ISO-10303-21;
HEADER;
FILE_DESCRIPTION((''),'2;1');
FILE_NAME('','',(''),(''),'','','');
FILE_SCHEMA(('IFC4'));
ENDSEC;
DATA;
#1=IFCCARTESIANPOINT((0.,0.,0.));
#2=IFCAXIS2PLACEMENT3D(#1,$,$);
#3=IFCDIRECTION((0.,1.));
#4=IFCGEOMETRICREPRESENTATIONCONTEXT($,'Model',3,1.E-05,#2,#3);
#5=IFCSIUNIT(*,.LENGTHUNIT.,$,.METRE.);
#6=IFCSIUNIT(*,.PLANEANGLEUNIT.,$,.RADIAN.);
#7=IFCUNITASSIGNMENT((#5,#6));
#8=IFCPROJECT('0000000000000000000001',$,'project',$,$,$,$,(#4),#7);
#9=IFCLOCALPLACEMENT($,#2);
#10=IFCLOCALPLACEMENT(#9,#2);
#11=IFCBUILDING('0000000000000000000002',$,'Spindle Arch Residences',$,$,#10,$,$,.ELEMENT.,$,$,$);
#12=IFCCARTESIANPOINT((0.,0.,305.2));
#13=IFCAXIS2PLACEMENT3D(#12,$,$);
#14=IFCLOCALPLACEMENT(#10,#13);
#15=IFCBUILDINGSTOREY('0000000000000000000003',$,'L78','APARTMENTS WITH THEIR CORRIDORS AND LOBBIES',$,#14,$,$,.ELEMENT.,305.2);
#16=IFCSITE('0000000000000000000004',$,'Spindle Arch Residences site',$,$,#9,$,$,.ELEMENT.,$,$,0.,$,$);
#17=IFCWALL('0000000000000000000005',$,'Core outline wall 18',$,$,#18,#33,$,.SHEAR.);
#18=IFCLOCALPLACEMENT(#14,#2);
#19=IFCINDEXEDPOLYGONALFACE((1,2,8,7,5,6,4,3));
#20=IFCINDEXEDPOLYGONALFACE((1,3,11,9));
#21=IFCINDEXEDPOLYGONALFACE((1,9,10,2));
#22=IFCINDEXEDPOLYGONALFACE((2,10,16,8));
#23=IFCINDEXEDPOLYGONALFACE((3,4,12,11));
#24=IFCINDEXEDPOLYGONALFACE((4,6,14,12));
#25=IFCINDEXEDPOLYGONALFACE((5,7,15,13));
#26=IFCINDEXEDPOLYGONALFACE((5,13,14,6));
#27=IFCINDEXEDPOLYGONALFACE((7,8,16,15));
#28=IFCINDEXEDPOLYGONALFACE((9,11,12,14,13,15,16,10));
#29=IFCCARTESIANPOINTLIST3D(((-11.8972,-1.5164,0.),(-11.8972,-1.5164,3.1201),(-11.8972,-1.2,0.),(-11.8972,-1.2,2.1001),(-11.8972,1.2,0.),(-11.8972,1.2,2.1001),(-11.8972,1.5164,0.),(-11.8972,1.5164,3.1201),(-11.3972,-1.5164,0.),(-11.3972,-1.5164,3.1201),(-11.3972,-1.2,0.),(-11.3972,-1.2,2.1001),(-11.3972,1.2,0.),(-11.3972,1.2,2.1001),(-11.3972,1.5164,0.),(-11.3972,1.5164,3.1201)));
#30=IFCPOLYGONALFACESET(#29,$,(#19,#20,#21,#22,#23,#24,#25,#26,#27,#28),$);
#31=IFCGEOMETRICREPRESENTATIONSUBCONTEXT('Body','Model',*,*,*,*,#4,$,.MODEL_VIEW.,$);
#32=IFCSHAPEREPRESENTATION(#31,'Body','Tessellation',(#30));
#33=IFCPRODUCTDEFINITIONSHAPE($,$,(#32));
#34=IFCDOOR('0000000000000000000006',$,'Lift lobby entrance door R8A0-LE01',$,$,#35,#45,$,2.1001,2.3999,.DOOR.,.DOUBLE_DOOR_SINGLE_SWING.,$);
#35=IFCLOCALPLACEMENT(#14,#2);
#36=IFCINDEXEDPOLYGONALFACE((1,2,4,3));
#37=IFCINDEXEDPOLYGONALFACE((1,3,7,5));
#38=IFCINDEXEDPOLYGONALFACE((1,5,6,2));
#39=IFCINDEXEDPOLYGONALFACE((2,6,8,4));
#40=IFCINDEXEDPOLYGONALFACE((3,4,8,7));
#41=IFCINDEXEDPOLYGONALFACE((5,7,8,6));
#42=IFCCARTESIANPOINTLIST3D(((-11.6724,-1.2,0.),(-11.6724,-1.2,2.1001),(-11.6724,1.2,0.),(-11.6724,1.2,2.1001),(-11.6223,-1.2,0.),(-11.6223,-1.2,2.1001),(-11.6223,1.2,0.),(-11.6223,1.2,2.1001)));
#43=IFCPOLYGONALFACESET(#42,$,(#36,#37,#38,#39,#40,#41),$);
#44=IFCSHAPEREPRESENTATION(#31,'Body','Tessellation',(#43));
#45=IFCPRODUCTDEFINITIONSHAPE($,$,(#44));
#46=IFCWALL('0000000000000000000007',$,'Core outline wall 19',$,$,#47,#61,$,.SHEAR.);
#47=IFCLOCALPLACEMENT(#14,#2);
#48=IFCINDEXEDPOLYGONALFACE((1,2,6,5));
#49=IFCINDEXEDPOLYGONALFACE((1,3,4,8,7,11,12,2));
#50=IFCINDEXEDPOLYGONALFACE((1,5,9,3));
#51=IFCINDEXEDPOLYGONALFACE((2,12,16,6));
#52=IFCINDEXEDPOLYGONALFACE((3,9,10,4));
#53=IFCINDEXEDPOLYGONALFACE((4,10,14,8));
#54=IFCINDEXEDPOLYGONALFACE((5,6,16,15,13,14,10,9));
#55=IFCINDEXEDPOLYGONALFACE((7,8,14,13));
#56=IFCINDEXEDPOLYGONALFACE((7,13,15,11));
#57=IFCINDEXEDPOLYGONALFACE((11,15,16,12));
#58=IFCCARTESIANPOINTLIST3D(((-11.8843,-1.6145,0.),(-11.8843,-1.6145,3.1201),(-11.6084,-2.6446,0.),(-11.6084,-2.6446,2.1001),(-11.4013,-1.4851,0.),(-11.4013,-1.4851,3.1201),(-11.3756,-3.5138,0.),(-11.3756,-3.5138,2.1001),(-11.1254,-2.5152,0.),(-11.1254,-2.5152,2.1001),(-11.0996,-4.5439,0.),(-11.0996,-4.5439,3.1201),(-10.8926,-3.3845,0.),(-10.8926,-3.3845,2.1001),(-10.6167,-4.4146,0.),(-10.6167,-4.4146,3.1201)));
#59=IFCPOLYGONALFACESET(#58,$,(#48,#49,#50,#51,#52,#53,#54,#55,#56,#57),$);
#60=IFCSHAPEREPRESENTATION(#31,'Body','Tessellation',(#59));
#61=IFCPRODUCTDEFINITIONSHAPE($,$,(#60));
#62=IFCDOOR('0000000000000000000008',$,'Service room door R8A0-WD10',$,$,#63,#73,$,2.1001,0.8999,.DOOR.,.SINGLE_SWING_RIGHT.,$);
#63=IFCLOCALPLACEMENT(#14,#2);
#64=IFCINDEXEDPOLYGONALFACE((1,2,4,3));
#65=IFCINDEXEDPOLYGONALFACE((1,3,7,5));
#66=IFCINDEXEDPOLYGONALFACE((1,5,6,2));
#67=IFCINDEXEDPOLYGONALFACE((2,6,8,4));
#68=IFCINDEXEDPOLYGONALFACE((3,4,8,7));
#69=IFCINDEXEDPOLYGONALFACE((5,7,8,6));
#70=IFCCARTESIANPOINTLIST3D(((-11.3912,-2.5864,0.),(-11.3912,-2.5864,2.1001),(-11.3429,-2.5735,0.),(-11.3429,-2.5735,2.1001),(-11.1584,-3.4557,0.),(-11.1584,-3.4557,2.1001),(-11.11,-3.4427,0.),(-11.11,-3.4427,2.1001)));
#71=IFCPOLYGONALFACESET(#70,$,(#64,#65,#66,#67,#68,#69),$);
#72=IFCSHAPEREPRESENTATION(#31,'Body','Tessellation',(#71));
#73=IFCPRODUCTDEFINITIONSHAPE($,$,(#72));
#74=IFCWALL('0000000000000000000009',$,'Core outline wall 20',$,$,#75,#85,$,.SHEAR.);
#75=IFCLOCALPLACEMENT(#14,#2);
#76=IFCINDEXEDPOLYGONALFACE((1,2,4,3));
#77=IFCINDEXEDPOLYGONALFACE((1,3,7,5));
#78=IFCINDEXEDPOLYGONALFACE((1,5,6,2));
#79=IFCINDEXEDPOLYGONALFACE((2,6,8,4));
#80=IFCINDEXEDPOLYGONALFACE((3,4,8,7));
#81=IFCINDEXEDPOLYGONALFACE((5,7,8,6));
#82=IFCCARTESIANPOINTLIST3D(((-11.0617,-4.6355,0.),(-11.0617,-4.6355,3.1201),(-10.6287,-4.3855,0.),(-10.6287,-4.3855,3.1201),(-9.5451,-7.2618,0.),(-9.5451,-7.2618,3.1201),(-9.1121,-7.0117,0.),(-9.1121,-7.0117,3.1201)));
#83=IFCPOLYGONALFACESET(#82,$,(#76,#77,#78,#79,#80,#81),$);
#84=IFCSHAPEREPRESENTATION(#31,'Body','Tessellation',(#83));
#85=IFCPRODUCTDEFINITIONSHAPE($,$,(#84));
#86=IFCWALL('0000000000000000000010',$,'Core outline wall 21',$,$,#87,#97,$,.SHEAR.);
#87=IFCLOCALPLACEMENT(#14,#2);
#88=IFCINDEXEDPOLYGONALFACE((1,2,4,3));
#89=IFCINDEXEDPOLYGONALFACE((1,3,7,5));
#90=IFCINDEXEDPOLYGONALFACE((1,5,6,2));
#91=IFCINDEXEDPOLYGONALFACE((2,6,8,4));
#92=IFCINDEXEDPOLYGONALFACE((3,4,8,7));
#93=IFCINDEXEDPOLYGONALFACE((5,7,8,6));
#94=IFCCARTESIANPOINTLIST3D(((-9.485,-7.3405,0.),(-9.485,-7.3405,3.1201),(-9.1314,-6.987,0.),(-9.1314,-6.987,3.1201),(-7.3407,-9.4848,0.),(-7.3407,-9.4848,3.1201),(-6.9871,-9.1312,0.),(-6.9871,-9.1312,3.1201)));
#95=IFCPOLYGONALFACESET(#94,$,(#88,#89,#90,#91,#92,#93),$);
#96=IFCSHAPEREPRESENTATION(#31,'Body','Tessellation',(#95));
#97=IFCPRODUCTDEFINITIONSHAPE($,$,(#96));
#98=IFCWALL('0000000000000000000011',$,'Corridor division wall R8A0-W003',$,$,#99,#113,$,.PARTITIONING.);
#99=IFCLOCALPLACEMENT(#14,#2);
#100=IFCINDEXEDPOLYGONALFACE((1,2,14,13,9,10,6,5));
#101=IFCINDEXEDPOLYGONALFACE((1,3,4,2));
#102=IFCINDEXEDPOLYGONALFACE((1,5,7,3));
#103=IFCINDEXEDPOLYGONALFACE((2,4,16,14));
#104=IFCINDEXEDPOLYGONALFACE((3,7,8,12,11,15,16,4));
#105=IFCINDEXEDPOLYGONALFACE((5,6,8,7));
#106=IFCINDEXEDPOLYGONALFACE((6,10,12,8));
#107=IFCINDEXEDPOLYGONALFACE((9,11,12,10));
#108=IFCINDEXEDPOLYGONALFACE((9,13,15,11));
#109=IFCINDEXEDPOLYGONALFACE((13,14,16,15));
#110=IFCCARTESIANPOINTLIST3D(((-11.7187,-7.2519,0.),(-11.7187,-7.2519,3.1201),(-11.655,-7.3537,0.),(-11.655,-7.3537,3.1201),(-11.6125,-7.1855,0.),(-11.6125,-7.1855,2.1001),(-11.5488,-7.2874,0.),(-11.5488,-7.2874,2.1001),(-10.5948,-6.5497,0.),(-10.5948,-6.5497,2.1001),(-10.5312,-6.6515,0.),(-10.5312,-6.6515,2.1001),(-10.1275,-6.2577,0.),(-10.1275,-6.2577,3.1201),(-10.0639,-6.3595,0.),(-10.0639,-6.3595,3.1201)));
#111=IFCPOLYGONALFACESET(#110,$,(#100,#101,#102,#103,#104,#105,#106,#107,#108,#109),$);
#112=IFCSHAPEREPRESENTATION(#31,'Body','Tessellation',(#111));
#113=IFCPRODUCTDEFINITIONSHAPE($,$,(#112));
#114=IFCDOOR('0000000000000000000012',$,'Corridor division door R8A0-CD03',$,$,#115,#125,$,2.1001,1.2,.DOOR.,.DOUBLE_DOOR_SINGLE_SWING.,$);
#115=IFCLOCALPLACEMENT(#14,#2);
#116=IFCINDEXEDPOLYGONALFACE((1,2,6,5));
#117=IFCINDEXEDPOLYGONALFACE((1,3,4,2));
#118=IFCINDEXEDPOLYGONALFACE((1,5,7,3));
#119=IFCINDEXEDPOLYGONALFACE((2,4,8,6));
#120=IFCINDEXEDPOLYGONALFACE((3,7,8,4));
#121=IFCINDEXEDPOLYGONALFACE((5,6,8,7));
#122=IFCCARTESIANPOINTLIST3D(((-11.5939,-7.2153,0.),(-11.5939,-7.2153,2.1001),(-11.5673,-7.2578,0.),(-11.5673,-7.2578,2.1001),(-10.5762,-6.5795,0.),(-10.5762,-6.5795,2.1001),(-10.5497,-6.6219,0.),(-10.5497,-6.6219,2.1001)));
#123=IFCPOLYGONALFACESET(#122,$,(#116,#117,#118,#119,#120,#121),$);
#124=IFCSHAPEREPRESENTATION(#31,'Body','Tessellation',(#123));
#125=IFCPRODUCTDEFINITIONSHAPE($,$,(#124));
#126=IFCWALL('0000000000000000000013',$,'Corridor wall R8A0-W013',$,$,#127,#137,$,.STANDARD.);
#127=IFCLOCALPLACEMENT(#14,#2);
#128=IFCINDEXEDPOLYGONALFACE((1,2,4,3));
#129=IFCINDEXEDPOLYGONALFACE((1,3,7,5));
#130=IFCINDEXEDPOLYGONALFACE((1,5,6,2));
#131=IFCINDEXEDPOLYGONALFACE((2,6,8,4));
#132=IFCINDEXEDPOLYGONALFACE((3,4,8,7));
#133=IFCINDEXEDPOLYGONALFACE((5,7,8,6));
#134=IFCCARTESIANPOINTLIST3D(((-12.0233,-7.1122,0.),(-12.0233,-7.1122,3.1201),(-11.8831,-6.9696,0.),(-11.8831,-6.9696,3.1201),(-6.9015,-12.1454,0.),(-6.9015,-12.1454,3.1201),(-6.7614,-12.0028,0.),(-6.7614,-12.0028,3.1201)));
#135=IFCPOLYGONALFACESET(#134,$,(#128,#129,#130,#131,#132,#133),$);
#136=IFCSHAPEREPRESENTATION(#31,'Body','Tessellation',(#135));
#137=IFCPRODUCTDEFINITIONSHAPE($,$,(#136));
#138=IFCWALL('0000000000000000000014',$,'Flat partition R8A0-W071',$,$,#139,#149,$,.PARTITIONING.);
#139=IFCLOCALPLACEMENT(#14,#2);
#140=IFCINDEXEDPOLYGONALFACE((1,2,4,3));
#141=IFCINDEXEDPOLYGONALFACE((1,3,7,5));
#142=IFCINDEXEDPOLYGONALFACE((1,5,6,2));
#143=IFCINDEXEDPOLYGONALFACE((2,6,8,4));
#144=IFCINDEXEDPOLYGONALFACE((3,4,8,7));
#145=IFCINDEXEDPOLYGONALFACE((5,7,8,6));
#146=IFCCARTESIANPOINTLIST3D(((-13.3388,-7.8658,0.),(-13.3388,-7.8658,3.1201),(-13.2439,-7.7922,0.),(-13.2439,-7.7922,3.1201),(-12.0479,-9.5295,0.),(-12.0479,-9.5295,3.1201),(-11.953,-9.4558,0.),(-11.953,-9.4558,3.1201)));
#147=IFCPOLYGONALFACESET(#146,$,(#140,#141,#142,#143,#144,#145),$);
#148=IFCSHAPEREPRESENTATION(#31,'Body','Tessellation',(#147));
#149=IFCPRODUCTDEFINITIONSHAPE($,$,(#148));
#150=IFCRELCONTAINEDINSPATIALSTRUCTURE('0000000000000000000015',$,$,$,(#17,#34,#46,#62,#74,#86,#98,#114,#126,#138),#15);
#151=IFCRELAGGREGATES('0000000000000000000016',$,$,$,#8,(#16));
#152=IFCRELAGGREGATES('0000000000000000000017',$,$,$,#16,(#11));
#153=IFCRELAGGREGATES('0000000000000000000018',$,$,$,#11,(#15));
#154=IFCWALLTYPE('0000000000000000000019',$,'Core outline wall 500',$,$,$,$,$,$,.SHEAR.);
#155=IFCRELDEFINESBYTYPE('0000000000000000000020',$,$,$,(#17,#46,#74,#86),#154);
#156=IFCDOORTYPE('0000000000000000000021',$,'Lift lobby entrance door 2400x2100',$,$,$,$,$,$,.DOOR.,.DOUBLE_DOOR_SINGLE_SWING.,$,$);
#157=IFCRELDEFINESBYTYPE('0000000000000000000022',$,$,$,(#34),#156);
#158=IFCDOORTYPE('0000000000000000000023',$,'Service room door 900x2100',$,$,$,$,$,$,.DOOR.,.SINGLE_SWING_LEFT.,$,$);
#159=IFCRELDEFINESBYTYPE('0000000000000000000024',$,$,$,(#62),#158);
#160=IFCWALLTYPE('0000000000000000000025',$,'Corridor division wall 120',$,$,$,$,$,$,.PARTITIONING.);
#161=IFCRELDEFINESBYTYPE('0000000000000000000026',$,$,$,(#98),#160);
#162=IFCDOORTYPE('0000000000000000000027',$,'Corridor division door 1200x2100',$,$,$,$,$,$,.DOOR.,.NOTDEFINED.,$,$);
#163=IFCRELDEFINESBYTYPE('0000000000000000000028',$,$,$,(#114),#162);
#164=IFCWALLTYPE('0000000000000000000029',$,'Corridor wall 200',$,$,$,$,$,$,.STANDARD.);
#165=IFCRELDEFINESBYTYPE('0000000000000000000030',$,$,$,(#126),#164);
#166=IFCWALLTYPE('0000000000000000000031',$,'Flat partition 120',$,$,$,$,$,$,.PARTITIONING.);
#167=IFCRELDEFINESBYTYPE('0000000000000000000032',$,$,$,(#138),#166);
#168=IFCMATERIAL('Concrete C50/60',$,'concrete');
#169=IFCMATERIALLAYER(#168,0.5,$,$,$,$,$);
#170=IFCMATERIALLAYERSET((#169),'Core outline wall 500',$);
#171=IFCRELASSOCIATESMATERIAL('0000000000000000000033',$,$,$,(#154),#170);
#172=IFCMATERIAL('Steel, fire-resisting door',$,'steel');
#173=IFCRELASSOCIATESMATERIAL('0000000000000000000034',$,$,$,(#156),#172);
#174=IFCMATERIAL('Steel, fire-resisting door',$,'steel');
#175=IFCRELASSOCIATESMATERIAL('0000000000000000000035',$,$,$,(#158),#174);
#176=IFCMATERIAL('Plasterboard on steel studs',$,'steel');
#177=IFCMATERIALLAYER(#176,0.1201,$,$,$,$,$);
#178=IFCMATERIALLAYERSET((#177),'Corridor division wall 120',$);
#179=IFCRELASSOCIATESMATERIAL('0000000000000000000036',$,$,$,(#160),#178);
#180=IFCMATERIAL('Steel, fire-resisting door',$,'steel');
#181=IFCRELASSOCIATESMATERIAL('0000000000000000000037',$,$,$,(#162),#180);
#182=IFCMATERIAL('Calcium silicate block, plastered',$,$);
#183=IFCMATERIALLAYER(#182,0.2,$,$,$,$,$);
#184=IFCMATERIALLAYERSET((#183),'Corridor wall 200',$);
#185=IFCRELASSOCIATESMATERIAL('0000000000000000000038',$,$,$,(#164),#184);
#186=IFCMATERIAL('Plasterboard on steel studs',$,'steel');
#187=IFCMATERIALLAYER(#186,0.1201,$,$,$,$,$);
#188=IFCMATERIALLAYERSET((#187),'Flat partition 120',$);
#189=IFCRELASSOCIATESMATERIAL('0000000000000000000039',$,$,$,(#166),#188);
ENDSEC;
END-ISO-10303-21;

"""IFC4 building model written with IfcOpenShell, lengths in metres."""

from ifc_helpers import new_model, si_unit, direction, frame, frame_2d, origin, place, context, subcontext, project, spatial, rectangle, extrude, material, layer, layer_set, type_object, element, fill, save


model = new_model("IFC4")

# Units and contexts
model_context = context("Model", 3, precision=1e-05, world=origin(), true_north=direction((0.0, 1.0)))
body_context = subcontext(model_context, "Body", "Model", "MODEL_VIEW")
ifc_project = project(units=[si_unit("LENGTHUNIT", "METRE"), si_unit("PLANEANGLEUNIT", "RADIAN")], contexts=[model_context])

# Site, building, storey
site_placement = place(None, origin())
site = spatial("IfcSite", under=ifc_project, at=site_placement, Name="Spindle Arch Residences site", CompositionType="ELEMENT", RefElevation=0.0)
building_placement = place(site_placement, origin())
building = spatial("IfcBuilding", under=site, at=building_placement, Name="Spindle Arch Residences", CompositionType="ELEMENT")
storey_placement = place(building_placement, frame((0.0, 0.0, 305.2)))
storey = spatial("IfcBuildingStorey", under=building, at=storey_placement, Name="L78", Description="APARTMENTS WITH THEIR CORRIDORS AND LOBBIES", CompositionType="ELEMENT", Elevation=305.2)

# Walls, openings, doors
ifc_material_1 = material(Name="Concrete C50/60", Category="concrete")
ifc_layer_1 = layer(ifc_material_1, 0.5)
ifc_layer_set_1 = layer_set([ifc_layer_1], Name="Core outline wall 500")
wall_type_1 = type_object("IfcWallType", Name="Core outline wall 500", PredefinedType="SHEAR", material=ifc_layer_set_1)
wall_1_placement = place(storey_placement, frame((-11.6472, 1.5164, 0.0), z_axis=(0.0, 0.0, 1.0), x_axis=(0.0, -1.0, 0.0)))
wall_1 = element("IfcWall", 1, at=wall_1_placement, inside=storey, type_object=wall_type_1, Name="Core outline wall 18", PredefinedType="SHEAR", context=body_context, shape_type="SweptSolid", body=[
    extrude(rectangle(XDim=3.0327, YDim=0.5, at=frame_2d((1.5164, 0.0))), origin(), (0.0, 0.0, 1.0), 3.1201),
])
opening_1_placement = place(wall_1_placement, frame((0.3164, 0.0, 0.0)))
opening_1 = element("IfcOpeningElement", 2, at=opening_1_placement, cuts=wall_1, PredefinedType="OPENING", context=body_context, shape_type="SweptSolid", body=[
    extrude(rectangle(XDim=2.3999, YDim=2.1001, at=frame_2d((1.2, 1.05))), frame((0.0, 0.26, 0.0), z_axis=(0.0, -1.0, 0.0), x_axis=(1.0, 0.0, 0.0)), (0.0, 0.0, 1.0), 0.52),
])
ifc_material_2 = material(Name="Steel, fire-resisting door", Category="steel")
door_type_1 = type_object("IfcDoorType", Name="Lift lobby entrance door 2400x2100", OperationType="DOUBLE_DOOR_SINGLE_SWING", PredefinedType="DOOR", material=ifc_material_2)
door_1_placement = place(opening_1_placement, origin())
door_1 = element("IfcDoor", 3, at=door_1_placement, inside=storey, type_object=door_type_1, Name="Lift lobby entrance door R8A0-LE01", OperationType="DOUBLE_DOOR_SINGLE_SWING", OverallHeight=2.1001, OverallWidth=2.3999, PredefinedType="DOOR", context=body_context, shape_type="SweptSolid", body=[
    extrude(rectangle(XDim=2.3999, YDim=2.1001, at=frame_2d((1.2, 1.05))), frame((0.0, 0.0249, 0.0), z_axis=(0.0, -1.0, 0.0), x_axis=(1.0, 0.0, 0.0)), (0.0, 0.0, 1.0), 0.05),
])
fill(opening_1, door_1)
wall_2_placement = place(storey_placement, frame((-11.6428, -1.5498, 0.0), z_axis=(0.0, 0.0, 1.0), x_axis=(0.258735, -0.965948, 0.0)))
wall_2 = element("IfcWall", 4, at=wall_2_placement, inside=storey, type_object=wall_type_1, Name="Core outline wall 19", PredefinedType="SHEAR", context=body_context, shape_type="SweptSolid", body=[
    extrude(rectangle(XDim=3.0327, YDim=0.5, at=frame_2d((1.5164, 0.0))), origin(), (0.0, 0.0, 1.0), 3.1201),
])
opening_2_placement = place(wall_2_placement, frame((1.0664, 0.0, 0.0)))
opening_2 = element("IfcOpeningElement", 5, at=opening_2_placement, cuts=wall_2, PredefinedType="OPENING", context=body_context, shape_type="SweptSolid", body=[
    extrude(rectangle(XDim=0.8999, YDim=2.1001, at=frame_2d((0.45, 1.05))), frame((0.0, 0.26, 0.0), z_axis=(0.0, -1.0, 0.0), x_axis=(1.0, 0.0, 0.0)), (0.0, 0.0, 1.0), 0.52),
])
ifc_material_3 = material(Name="Steel, fire-resisting door", Category="steel")
door_type_2 = type_object("IfcDoorType", Name="Service room door 900x2100", OperationType="SINGLE_SWING_LEFT", PredefinedType="DOOR", material=ifc_material_3)
door_2_placement = place(opening_2_placement, origin())
door_2 = element("IfcDoor", 6, at=door_2_placement, inside=storey, type_object=door_type_2, Name="Service room door R8A0-WD10", OperationType="SINGLE_SWING_RIGHT", OverallHeight=2.1001, OverallWidth=0.8999, PredefinedType="DOOR", context=body_context, shape_type="SweptSolid", body=[
    extrude(rectangle(XDim=0.8999, YDim=2.1001, at=frame_2d((0.45, 1.05))), frame((0.0, 0.0249, 0.0), z_axis=(0.0, -1.0, 0.0), x_axis=(1.0, 0.0, 0.0)), (0.0, 0.0, 1.0), 0.05),
])
fill(opening_2, door_2)

# Walls
wall_3_placement = place(storey_placement, frame((-10.8452, -4.5105, 0.0), z_axis=(0.0, 0.0, 1.0), x_axis=(0.500087, -0.865975, 0.0)))
element("IfcWall", 7, at=wall_3_placement, inside=storey, type_object=wall_type_1, Name="Core outline wall 20", PredefinedType="SHEAR", context=body_context, shape_type="SweptSolid", body=[
    extrude(rectangle(XDim=3.0327, YDim=0.5, at=frame_2d((1.5164, 0.0))), origin(), (0.0, 0.0, 1.0), 3.1201),
])
wall_4_placement = place(storey_placement, frame((-9.3081, -7.1638, 0.0), z_axis=(0.0, 0.0, 1.0), x_axis=(0.707107, -0.707107, 0.0)))
element("IfcWall", 8, at=wall_4_placement, inside=storey, type_object=wall_type_1, Name="Core outline wall 21", PredefinedType="SHEAR", context=body_context, shape_type="SweptSolid", body=[
    extrude(rectangle(XDim=3.0325, YDim=0.5, at=frame_2d((1.5161, 0.0))), origin(), (0.0, 0.0, 1.0), 3.1201),
])

# Wall, opening, door
ifc_material_4 = material(Name="Plasterboard on steel studs", Category="steel")
ifc_layer_2 = layer(ifc_material_4, 0.1201)
ifc_layer_set_2 = layer_set([ifc_layer_2], Name="Corridor division wall 120")
wall_type_2 = type_object("IfcWallType", Name="Corridor division wall 120", PredefinedType="PARTITIONING", material=ifc_layer_set_2)
wall_5_placement = place(storey_placement, frame((-11.6868, -7.3027, 0.0), z_axis=(0.0, 0.0, 1.0), x_axis=(0.848064, 0.529894, 0.0)))
wall_5 = element("IfcWall", 9, at=wall_5_placement, inside=storey, type_object=wall_type_2, Name="Corridor division wall R8A0-W003", PredefinedType="PARTITIONING", context=body_context, shape_type="SweptSolid", body=[
    extrude(rectangle(XDim=1.8762, YDim=0.1201, at=frame_2d((0.938, 0.0))), origin(), (0.0, 0.0, 1.0), 3.1201),
])
opening_3_placement = place(wall_5_placement, frame((0.125, 0.0, 0.0)))
opening_3 = element("IfcOpeningElement", 10, at=opening_3_placement, cuts=wall_5, PredefinedType="OPENING", context=body_context, shape_type="SweptSolid", body=[
    extrude(rectangle(XDim=1.2, YDim=2.1001, at=frame_2d((0.6001, 1.05))), frame((0.0, 0.0701, 0.0), z_axis=(0.0, -1.0, 0.0), x_axis=(1.0, 0.0, 0.0)), (0.0, 0.0, 1.0), 0.1401),
])
ifc_material_5 = material(Name="Steel, fire-resisting door", Category="steel")
door_type_3 = type_object("IfcDoorType", Name="Corridor division door 1200x2100", OperationType="NOTDEFINED", PredefinedType="DOOR", material=ifc_material_5)
door_3_placement = place(opening_3_placement, origin())
door_3 = element("IfcDoor", 11, at=door_3_placement, inside=storey, type_object=door_type_3, Name="Corridor division door R8A0-CD03", OperationType="DOUBLE_DOOR_SINGLE_SWING", OverallHeight=2.1001, OverallWidth=1.2, PredefinedType="DOOR", context=body_context, shape_type="SweptSolid", body=[
    extrude(rectangle(XDim=1.2, YDim=2.1001, at=frame_2d((0.6001, 1.05))), frame((0.0, 0.0249, 0.0), z_axis=(0.0, -1.0, 0.0), x_axis=(1.0, 0.0, 0.0)), (0.0, 0.0, 1.0), 0.05),
])
fill(opening_3, door_3)

# Walls
ifc_material_6 = material(Name="Calcium silicate block, plastered")
ifc_layer_3 = layer(ifc_material_6, 0.2)
ifc_layer_set_3 = layer_set([ifc_layer_3], Name="Corridor wall 200")
wall_type_3 = type_object("IfcWallType", Name="Corridor wall 200", PredefinedType="STANDARD", material=ifc_layer_set_3)
wall_6_placement = place(storey_placement, frame((-11.9531, -7.041, 0.0), z_axis=(0.0, 0.0, 1.0), x_axis=(0.713251, -0.700909, 0.0)))
element("IfcWall", 12, at=wall_6_placement, inside=storey, type_object=wall_type_3, Name="Corridor wall R8A0-W013", PredefinedType="STANDARD", context=body_context, shape_type="SweptSolid", body=[
    extrude(rectangle(XDim=7.1809, YDim=0.2, at=frame_2d((3.5903, 0.0))), origin(), (0.0, 0.0, 1.0), 3.1201),
])
ifc_material_7 = material(Name="Plasterboard on steel studs", Category="steel")
ifc_layer_4 = layer(ifc_material_7, 0.1201)
ifc_layer_set_4 = layer_set([ifc_layer_4], Name="Flat partition 120")
wall_type_4 = type_object("IfcWallType", Name="Flat partition 120", PredefinedType="PARTITIONING", material=ifc_layer_set_4)
wall_7_placement = place(storey_placement, frame((-13.2913, -7.8291, 0.0), z_axis=(0.0, 0.0, 1.0), x_axis=(0.613017, -0.79007, 0.0)))
element("IfcWall", 13, at=wall_7_placement, inside=storey, type_object=wall_type_4, Name="Flat partition R8A0-W071", PredefinedType="PARTITIONING", context=body_context, shape_type="SweptSolid", body=[
    extrude(rectangle(XDim=2.1057, YDim=0.1201, at=frame_2d((1.0527, 0.0))), origin(), (0.0, 0.0, 1.0), 3.1201),
])

save(model, "model.ifc")
